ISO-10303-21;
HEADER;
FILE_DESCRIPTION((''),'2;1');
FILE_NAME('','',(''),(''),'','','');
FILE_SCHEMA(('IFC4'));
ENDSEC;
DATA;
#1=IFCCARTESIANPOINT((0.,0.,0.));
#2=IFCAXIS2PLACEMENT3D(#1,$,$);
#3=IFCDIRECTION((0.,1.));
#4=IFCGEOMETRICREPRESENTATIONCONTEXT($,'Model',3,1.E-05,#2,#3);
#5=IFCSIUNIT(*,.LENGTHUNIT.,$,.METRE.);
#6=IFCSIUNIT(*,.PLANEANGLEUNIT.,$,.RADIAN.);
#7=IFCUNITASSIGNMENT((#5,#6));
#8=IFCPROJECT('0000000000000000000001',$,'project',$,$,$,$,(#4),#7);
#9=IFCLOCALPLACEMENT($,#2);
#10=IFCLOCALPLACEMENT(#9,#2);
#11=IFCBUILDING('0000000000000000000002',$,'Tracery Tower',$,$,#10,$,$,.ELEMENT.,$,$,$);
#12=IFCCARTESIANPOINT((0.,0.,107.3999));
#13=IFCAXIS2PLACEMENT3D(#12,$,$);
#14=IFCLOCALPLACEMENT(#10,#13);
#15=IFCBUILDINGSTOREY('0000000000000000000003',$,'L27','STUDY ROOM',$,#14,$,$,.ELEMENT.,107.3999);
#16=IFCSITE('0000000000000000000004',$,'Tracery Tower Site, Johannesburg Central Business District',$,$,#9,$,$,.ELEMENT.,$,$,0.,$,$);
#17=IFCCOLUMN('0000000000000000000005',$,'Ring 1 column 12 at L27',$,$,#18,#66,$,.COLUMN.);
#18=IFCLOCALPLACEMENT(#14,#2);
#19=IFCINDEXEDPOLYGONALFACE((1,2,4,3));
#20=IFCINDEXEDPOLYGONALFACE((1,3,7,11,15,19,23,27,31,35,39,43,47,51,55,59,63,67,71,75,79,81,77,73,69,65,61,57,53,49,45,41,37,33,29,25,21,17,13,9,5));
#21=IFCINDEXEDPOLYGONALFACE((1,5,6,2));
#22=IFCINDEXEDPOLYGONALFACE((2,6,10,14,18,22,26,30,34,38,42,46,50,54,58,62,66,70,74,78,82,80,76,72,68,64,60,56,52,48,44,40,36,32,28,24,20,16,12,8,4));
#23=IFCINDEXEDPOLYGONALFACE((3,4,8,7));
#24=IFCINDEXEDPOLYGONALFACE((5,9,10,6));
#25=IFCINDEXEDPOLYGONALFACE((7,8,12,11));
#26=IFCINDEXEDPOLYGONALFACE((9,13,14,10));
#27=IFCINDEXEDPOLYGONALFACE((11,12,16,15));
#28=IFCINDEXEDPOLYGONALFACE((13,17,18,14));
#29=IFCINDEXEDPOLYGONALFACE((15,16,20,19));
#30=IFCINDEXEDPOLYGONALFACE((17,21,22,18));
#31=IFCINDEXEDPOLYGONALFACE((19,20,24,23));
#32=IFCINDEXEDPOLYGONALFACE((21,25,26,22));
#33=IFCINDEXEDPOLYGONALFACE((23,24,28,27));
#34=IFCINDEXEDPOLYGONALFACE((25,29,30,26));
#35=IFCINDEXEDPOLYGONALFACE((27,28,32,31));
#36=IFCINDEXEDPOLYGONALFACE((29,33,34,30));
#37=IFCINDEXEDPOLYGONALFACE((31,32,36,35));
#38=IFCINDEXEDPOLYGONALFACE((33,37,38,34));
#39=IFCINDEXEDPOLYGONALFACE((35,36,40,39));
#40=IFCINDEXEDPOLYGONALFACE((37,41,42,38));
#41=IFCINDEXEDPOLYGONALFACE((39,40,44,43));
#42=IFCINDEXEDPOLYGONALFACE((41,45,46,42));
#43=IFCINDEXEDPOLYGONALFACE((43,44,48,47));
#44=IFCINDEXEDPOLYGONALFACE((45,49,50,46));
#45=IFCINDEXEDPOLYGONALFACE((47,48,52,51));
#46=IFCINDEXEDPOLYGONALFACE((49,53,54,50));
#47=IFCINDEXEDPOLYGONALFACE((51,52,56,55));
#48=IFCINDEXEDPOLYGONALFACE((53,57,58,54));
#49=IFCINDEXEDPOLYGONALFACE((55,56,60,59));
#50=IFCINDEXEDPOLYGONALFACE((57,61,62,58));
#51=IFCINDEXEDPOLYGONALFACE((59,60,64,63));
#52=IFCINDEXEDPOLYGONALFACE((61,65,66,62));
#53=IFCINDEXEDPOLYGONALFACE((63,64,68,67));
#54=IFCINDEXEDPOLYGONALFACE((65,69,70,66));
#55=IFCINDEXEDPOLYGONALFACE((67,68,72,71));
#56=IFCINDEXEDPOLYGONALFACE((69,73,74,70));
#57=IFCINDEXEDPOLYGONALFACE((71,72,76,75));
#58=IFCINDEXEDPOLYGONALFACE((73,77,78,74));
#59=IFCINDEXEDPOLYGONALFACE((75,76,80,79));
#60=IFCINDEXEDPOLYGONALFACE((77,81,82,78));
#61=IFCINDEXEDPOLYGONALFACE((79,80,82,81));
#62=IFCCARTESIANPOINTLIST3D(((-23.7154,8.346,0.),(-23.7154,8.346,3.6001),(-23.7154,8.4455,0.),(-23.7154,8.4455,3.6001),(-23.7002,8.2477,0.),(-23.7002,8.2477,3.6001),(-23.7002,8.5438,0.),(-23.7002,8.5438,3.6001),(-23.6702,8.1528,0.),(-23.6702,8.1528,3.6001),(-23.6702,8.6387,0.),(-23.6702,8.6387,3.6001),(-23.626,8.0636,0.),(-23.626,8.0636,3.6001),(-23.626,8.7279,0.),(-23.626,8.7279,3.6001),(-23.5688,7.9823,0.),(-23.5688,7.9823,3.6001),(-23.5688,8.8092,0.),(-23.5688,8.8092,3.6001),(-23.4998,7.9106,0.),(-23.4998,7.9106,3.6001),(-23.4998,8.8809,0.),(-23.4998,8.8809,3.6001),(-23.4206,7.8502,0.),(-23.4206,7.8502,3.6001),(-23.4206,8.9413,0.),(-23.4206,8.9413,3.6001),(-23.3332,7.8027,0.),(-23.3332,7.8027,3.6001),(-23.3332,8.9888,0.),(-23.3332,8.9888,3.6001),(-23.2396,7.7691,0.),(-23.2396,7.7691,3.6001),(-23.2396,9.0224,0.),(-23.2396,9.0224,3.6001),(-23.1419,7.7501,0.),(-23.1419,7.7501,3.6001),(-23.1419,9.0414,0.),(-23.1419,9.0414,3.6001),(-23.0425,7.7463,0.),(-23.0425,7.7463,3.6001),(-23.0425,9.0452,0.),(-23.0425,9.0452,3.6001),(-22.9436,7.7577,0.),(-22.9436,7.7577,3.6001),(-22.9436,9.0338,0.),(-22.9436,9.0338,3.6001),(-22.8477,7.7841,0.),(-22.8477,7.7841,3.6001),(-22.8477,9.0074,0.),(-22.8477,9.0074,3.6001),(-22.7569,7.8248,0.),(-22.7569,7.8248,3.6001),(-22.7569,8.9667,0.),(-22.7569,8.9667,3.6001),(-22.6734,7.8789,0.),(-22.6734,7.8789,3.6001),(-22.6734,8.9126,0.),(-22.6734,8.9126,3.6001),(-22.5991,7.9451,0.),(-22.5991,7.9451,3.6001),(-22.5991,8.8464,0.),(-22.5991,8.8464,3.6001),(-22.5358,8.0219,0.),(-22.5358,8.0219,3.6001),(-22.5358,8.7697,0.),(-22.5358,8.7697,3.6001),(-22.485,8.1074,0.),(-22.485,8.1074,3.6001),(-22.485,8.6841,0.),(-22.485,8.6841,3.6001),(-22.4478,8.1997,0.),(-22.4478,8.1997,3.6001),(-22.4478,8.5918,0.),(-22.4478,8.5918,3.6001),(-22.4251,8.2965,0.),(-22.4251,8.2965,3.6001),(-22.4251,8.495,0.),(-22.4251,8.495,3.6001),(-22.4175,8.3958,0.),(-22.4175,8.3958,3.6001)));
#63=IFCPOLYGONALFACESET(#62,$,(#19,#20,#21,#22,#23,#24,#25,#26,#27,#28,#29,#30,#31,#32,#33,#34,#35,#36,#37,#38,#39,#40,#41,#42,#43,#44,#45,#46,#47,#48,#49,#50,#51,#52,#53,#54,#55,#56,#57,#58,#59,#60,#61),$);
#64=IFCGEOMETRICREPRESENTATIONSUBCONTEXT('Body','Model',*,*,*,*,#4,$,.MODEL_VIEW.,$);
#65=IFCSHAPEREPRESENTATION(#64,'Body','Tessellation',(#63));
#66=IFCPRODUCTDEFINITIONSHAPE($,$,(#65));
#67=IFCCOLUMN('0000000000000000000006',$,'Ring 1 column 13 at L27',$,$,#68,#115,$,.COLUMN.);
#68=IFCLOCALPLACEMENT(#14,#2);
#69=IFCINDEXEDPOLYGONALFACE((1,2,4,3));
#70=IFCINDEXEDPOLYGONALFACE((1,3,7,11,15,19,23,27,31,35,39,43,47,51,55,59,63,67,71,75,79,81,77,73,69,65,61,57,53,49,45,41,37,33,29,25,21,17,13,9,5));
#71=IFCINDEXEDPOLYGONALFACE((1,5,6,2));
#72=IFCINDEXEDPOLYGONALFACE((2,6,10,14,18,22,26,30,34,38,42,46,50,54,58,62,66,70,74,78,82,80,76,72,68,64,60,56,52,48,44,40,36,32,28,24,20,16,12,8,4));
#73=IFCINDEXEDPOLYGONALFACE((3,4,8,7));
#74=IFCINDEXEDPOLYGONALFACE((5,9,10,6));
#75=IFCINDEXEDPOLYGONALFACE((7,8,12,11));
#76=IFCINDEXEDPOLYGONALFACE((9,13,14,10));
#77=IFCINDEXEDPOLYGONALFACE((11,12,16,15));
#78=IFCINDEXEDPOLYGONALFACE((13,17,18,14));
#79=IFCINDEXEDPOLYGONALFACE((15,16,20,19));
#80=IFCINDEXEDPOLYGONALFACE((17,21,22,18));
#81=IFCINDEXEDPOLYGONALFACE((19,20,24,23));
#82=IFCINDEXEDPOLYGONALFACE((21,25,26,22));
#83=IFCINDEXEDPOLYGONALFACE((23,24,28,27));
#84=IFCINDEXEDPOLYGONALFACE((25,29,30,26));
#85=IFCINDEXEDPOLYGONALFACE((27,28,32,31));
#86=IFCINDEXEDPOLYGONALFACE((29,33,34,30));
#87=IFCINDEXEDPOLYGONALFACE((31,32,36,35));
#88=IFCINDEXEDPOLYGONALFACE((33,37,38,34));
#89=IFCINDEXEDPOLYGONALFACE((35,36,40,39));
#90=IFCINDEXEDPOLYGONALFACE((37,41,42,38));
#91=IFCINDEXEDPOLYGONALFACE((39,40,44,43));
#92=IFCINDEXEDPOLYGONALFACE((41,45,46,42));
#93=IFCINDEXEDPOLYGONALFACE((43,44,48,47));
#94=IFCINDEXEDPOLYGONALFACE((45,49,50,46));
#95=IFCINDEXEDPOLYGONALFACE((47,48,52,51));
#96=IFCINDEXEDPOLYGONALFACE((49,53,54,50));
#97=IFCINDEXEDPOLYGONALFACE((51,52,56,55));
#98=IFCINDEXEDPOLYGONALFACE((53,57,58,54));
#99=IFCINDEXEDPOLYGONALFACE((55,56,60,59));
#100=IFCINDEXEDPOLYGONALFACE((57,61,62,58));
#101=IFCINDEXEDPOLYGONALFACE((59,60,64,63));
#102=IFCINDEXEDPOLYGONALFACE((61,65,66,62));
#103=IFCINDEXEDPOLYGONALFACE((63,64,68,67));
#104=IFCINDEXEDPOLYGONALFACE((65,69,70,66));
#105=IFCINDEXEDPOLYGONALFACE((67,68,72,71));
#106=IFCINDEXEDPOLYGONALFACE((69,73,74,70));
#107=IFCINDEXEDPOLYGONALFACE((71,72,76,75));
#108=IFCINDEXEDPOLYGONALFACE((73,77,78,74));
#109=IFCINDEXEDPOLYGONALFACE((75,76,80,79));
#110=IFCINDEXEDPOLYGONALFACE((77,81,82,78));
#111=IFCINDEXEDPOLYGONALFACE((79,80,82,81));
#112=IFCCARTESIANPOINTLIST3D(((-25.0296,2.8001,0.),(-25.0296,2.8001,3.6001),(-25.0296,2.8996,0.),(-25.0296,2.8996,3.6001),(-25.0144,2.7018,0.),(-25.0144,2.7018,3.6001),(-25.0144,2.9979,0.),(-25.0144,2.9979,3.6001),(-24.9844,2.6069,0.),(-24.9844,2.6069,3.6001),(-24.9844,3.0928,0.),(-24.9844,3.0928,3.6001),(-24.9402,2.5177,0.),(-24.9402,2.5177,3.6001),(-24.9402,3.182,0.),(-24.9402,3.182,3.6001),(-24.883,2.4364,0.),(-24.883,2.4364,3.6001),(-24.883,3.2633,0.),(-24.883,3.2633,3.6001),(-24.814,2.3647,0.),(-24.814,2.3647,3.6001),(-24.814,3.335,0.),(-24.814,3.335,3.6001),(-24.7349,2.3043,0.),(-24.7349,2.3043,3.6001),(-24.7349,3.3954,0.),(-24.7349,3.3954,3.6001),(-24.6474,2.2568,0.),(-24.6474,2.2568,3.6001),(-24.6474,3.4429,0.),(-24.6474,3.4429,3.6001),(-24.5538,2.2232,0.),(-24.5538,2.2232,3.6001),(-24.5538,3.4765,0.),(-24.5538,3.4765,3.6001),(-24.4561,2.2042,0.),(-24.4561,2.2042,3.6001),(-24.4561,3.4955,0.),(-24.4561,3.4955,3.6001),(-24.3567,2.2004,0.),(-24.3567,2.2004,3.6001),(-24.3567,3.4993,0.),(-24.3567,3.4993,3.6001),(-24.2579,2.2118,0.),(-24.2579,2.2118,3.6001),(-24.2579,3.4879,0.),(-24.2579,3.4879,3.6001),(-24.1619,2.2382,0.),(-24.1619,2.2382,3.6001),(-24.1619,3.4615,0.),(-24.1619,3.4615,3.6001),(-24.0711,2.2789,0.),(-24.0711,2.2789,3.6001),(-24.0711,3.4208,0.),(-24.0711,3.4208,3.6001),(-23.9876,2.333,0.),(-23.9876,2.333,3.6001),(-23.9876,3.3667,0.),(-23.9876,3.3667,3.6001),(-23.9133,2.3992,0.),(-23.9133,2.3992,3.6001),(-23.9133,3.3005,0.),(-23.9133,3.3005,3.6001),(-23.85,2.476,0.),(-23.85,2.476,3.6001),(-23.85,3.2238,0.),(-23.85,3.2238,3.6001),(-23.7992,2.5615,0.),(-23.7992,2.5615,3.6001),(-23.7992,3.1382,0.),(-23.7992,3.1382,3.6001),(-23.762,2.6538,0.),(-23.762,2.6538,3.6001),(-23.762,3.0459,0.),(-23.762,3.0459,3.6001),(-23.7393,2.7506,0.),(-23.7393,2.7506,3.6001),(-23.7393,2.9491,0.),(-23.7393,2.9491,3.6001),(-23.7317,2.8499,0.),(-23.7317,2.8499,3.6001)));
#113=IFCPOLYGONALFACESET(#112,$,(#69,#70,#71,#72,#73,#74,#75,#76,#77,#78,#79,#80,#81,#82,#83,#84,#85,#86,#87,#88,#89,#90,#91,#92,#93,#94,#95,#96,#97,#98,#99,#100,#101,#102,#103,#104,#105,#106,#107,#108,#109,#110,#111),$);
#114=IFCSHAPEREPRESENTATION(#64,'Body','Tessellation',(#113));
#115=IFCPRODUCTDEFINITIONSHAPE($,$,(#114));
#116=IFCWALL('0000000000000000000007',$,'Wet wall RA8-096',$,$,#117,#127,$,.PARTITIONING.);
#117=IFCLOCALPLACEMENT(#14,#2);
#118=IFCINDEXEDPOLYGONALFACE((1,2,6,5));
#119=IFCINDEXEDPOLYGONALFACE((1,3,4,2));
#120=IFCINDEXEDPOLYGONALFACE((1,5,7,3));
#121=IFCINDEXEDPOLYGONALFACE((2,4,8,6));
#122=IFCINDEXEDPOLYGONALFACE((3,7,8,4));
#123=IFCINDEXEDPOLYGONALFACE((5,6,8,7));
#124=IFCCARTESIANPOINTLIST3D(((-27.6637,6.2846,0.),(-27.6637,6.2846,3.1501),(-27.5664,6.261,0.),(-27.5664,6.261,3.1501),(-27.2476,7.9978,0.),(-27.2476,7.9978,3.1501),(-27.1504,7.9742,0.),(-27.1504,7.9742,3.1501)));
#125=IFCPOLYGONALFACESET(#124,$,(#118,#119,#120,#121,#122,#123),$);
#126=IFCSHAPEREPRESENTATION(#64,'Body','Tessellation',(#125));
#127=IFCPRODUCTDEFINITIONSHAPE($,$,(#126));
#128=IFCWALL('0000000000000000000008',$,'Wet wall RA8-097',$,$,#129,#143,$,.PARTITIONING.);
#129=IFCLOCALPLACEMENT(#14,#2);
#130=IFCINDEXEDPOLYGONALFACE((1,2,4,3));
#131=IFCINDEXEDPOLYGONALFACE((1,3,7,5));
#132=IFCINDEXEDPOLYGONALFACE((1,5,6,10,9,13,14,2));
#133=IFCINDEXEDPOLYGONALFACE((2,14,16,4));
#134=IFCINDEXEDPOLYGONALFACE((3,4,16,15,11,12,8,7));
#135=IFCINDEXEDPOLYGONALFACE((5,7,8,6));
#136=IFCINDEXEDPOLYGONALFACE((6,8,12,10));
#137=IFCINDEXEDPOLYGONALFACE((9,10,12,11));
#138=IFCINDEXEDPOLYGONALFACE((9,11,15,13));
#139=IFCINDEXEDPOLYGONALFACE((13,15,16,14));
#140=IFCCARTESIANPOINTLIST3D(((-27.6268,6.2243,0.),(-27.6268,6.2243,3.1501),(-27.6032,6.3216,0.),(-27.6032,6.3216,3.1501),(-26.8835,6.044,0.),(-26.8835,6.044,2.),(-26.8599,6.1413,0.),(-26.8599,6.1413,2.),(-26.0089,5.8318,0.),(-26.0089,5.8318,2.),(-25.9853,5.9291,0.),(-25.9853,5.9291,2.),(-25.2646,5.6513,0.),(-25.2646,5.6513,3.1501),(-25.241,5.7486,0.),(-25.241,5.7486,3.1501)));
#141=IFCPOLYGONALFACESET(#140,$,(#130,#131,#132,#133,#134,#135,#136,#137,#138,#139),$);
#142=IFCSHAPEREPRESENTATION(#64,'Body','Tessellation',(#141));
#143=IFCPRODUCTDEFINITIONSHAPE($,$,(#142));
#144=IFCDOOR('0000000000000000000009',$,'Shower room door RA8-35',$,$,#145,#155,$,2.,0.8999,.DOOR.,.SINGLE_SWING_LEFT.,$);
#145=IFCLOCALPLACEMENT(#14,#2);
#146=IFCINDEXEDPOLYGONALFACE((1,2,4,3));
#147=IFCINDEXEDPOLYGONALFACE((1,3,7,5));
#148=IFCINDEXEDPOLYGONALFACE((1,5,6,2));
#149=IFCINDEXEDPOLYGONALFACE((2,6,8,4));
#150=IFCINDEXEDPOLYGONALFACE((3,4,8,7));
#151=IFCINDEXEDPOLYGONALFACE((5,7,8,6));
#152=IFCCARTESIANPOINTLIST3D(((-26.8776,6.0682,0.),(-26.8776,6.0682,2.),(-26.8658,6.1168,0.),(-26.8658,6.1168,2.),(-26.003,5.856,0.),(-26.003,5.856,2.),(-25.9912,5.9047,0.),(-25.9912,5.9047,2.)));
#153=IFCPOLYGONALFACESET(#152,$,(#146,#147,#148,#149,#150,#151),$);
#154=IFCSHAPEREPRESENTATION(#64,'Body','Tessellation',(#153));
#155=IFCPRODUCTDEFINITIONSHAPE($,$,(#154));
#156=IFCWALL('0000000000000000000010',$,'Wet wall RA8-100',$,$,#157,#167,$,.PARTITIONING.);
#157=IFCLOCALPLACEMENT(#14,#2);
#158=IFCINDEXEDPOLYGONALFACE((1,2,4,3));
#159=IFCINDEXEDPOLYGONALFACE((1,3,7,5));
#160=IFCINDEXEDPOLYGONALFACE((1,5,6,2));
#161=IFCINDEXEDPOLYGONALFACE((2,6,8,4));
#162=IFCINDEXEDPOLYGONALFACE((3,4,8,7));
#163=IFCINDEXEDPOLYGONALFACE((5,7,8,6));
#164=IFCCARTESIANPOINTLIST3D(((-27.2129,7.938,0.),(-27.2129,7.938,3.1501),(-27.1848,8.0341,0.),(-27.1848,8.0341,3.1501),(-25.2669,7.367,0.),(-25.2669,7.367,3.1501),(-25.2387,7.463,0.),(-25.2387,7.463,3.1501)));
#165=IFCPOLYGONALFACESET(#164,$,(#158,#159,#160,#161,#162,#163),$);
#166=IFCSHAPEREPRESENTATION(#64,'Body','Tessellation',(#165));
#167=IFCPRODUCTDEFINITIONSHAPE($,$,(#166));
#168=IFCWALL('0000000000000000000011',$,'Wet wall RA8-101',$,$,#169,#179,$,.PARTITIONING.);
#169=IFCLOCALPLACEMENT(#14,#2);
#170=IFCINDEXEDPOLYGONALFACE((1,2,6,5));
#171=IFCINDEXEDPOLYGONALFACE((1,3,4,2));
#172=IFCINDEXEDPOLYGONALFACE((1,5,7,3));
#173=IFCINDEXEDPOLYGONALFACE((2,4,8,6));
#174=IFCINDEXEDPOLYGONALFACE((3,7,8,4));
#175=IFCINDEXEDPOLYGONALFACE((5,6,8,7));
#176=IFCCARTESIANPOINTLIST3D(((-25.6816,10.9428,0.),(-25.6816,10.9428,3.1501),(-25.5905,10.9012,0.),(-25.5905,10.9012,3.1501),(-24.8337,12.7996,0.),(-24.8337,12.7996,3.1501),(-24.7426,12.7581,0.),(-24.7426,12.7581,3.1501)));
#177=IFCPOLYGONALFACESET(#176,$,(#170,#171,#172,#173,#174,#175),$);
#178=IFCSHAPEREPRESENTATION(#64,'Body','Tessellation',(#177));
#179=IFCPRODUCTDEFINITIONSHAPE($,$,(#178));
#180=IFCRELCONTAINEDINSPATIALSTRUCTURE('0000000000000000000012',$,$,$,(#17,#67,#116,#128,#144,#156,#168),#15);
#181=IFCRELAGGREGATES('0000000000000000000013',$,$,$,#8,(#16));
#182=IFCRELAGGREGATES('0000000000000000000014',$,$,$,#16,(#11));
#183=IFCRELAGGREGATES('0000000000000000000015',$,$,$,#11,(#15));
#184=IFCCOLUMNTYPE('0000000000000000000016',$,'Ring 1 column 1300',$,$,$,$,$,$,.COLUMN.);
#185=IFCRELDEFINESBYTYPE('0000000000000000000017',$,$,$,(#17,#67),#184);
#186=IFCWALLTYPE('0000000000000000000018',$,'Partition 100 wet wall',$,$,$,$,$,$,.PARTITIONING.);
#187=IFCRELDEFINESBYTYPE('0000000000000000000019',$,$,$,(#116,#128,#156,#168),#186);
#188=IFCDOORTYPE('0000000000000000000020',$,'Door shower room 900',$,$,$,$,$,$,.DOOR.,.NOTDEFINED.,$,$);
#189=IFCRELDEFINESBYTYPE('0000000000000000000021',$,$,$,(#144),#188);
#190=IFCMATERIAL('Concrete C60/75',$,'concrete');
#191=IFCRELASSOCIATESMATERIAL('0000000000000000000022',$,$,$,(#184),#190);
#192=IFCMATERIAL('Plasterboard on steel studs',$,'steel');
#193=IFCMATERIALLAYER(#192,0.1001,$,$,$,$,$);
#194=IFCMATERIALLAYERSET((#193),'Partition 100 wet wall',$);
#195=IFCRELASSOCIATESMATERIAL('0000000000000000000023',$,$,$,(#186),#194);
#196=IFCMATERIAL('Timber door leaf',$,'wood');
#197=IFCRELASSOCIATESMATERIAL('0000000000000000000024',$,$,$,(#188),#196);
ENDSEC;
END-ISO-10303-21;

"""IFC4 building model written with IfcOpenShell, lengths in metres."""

from ifc_helpers import new_model, si_unit, direction, frame, frame_2d, origin, origin_2d, place, context, subcontext, project, spatial, rectangle, circle, extrude, material, layer, layer_set, material_profile, profile_set, type_object, element, fill, save


model = new_model("IFC4")

# Units and contexts
model_context = context("Model", 3, precision=1e-05, world=origin(), true_north=direction((0.0, 1.0)))
body_context = subcontext(model_context, "Body", "Model", "MODEL_VIEW")
ifc_project = project(units=[si_unit("LENGTHUNIT", "METRE"), si_unit("PLANEANGLEUNIT", "RADIAN")], contexts=[model_context])

# Site, building, storey
site_placement = place(None, origin())
site = spatial("IfcSite", under=ifc_project, at=site_placement, Name="Tracery Tower Site, Johannesburg Central Business District", CompositionType="ELEMENT", RefElevation=0.0)
building_placement = place(site_placement, origin())
building = spatial("IfcBuilding", under=site, at=building_placement, Name="Tracery Tower", CompositionType="ELEMENT")
storey_placement = place(building_placement, frame((0.0, 0.0, 107.3999)))
storey = spatial("IfcBuildingStorey", under=building, at=storey_placement, Name="L27", Description="STUDY ROOM", CompositionType="ELEMENT", Elevation=107.3999)

# Columns
ifc_material_1 = material(Name="Concrete C60/75", Category="concrete")
ifc_material_profile = material_profile(ifc_material_1, circle(Radius=0.6499, at=origin_2d()), Name="RC D1300")
ifc_profile_set = profile_set([ifc_material_profile], Name="Concrete C60/75")
column_type = type_object("IfcColumnType", Name="Ring 1 column 1300", PredefinedType="COLUMN", material=ifc_profile_set)
for number, where, z_axis, x_axis, name in (
    (1, (-23.0674, 8.3958, 0.0), (0.0, 0.0, 1.0), (1.0, 0.0, 0.0), "Ring 1 column 12 at L27"),
    (2, (-24.3816, 2.8499, 0.0), (0.0, 0.0, 1.0), (1.0, 0.0, 0.0), "Ring 1 column 13 at L27"),
):
    element("IfcColumn", number, at=place(storey_placement, frame(where, z_axis=z_axis, x_axis=x_axis)), inside=storey, type_object=column_type, Name=name, PredefinedType="COLUMN", context=body_context, shape_type="SweptSolid", body=[
        extrude(circle(Radius=0.6499, at=origin_2d()), origin(), (0.0, 0.0, 1.0), 3.6001),
    ])

# Wall
ifc_material_2 = material(Name="Plasterboard on steel studs", Category="steel")
ifc_layer_1 = layer(ifc_material_2, 0.1001)
ifc_layer_set_1 = layer_set([ifc_layer_1], Name="Partition 100 wet wall")
wall_type_1 = type_object("IfcWallType", Name="Partition 100 wet wall", PredefinedType="PARTITIONING", material=ifc_layer_set_1)
wall_1_placement = place(storey_placement, frame((-27.615, 6.2729, 0.0), z_axis=(0.0, 0.0, 1.0), x_axis=(0.235981, 0.971758, 0.0)))
element("IfcWall", 3, at=wall_1_placement, inside=storey, type_object=wall_type_1, Name="Wet wall RA8-096", PredefinedType="PARTITIONING", context=body_context, shape_type="SweptSolid", body=[
    extrude(rectangle(XDim=1.7629, YDim=0.1001, at=frame_2d((0.8813, 0.0))), origin(), (0.0, 0.0, 1.0), 3.1501),
])

# Wall, opening, door
wall_2_placement = place(storey_placement, frame((-27.615, 6.2729, 0.0), z_axis=(0.0, 0.0, 1.0), x_axis=(0.971815, -0.235747, 0.0)))
wall_2 = element("IfcWall", 4, at=wall_2_placement, inside=storey, type_object=wall_type_1, Name="Wet wall RA8-097", PredefinedType="PARTITIONING", context=body_context, shape_type="SweptSolid", body=[
    extrude(rectangle(XDim=2.4307, YDim=0.1001, at=frame_2d((1.2153, 0.0))), origin(), (0.0, 0.0, 1.0), 3.1501),
])
opening_1_placement = place(wall_2_placement, frame((0.7649, 0.0, 0.0)))
opening_1 = element("IfcOpeningElement", 5, at=opening_1_placement, cuts=wall_2, PredefinedType="OPENING", context=body_context, shape_type="SweptSolid", body=[
    extrude(rectangle(XDim=0.8999, YDim=2.0, at=frame_2d((0.45, 1.0))), frame((0.0, 0.05, 0.0), z_axis=(0.0, -1.0, 0.0), x_axis=(1.0, 0.0, 0.0)), (0.0, 0.0, 1.0), 0.1001),
])
ifc_material_3 = material(Name="Timber door leaf", Category="wood")
door_type_1 = type_object("IfcDoorType", Name="Door shower room 900", OperationType="NOTDEFINED", PredefinedType="DOOR", material=ifc_material_3)
door_1_placement = place(opening_1_placement, origin())
door_1 = element("IfcDoor", 6, at=door_1_placement, inside=storey, type_object=door_type_1, Name="Shower room door RA8-35", OperationType="SINGLE_SWING_LEFT", OverallHeight=2.0, OverallWidth=0.8999, PredefinedType="DOOR", context=body_context, shape_type="SweptSolid", body=[
    extrude(rectangle(XDim=0.8999, YDim=2.0, at=frame_2d((0.45, 1.0))), frame((0.0, 0.0249, 0.0), z_axis=(0.0, -1.0, 0.0), x_axis=(1.0, 0.0, 0.0)), (0.0, 0.0, 1.0), 0.05),
])
fill(opening_1, door_1)

# Walls
wall_3_placement = place(storey_placement, frame((-27.199, 7.9861, 0.0), z_axis=(0.0, 0.0, 1.0), x_axis=(0.959542, -0.281567, 0.0)))
element("IfcWall", 7, at=wall_3_placement, inside=storey, type_object=wall_type_1, Name="Wet wall RA8-100", PredefinedType="PARTITIONING", context=body_context, shape_type="SweptSolid", body=[
    extrude(rectangle(XDim=2.0281, YDim=0.1001, at=frame_2d((1.0142, 0.0))), origin(), (0.0, 0.0, 1.0), 3.1501),
])
wall_4_placement = place(storey_placement, frame((-25.636, 10.9221, 0.0), z_axis=(0.0, 0.0, 1.0), x_axis=(0.415361, 0.909657, 0.0)))
element("IfcWall", 8, at=wall_4_placement, inside=storey, type_object=wall_type_1, Name="Wet wall RA8-101", PredefinedType="PARTITIONING", context=body_context, shape_type="SweptSolid", body=[
    extrude(rectangle(XDim=2.0413, YDim=0.1001, at=frame_2d((1.0205, 0.0))), origin(), (0.0, 0.0, 1.0), 3.1501),
])

save(model, "model.ifc")
